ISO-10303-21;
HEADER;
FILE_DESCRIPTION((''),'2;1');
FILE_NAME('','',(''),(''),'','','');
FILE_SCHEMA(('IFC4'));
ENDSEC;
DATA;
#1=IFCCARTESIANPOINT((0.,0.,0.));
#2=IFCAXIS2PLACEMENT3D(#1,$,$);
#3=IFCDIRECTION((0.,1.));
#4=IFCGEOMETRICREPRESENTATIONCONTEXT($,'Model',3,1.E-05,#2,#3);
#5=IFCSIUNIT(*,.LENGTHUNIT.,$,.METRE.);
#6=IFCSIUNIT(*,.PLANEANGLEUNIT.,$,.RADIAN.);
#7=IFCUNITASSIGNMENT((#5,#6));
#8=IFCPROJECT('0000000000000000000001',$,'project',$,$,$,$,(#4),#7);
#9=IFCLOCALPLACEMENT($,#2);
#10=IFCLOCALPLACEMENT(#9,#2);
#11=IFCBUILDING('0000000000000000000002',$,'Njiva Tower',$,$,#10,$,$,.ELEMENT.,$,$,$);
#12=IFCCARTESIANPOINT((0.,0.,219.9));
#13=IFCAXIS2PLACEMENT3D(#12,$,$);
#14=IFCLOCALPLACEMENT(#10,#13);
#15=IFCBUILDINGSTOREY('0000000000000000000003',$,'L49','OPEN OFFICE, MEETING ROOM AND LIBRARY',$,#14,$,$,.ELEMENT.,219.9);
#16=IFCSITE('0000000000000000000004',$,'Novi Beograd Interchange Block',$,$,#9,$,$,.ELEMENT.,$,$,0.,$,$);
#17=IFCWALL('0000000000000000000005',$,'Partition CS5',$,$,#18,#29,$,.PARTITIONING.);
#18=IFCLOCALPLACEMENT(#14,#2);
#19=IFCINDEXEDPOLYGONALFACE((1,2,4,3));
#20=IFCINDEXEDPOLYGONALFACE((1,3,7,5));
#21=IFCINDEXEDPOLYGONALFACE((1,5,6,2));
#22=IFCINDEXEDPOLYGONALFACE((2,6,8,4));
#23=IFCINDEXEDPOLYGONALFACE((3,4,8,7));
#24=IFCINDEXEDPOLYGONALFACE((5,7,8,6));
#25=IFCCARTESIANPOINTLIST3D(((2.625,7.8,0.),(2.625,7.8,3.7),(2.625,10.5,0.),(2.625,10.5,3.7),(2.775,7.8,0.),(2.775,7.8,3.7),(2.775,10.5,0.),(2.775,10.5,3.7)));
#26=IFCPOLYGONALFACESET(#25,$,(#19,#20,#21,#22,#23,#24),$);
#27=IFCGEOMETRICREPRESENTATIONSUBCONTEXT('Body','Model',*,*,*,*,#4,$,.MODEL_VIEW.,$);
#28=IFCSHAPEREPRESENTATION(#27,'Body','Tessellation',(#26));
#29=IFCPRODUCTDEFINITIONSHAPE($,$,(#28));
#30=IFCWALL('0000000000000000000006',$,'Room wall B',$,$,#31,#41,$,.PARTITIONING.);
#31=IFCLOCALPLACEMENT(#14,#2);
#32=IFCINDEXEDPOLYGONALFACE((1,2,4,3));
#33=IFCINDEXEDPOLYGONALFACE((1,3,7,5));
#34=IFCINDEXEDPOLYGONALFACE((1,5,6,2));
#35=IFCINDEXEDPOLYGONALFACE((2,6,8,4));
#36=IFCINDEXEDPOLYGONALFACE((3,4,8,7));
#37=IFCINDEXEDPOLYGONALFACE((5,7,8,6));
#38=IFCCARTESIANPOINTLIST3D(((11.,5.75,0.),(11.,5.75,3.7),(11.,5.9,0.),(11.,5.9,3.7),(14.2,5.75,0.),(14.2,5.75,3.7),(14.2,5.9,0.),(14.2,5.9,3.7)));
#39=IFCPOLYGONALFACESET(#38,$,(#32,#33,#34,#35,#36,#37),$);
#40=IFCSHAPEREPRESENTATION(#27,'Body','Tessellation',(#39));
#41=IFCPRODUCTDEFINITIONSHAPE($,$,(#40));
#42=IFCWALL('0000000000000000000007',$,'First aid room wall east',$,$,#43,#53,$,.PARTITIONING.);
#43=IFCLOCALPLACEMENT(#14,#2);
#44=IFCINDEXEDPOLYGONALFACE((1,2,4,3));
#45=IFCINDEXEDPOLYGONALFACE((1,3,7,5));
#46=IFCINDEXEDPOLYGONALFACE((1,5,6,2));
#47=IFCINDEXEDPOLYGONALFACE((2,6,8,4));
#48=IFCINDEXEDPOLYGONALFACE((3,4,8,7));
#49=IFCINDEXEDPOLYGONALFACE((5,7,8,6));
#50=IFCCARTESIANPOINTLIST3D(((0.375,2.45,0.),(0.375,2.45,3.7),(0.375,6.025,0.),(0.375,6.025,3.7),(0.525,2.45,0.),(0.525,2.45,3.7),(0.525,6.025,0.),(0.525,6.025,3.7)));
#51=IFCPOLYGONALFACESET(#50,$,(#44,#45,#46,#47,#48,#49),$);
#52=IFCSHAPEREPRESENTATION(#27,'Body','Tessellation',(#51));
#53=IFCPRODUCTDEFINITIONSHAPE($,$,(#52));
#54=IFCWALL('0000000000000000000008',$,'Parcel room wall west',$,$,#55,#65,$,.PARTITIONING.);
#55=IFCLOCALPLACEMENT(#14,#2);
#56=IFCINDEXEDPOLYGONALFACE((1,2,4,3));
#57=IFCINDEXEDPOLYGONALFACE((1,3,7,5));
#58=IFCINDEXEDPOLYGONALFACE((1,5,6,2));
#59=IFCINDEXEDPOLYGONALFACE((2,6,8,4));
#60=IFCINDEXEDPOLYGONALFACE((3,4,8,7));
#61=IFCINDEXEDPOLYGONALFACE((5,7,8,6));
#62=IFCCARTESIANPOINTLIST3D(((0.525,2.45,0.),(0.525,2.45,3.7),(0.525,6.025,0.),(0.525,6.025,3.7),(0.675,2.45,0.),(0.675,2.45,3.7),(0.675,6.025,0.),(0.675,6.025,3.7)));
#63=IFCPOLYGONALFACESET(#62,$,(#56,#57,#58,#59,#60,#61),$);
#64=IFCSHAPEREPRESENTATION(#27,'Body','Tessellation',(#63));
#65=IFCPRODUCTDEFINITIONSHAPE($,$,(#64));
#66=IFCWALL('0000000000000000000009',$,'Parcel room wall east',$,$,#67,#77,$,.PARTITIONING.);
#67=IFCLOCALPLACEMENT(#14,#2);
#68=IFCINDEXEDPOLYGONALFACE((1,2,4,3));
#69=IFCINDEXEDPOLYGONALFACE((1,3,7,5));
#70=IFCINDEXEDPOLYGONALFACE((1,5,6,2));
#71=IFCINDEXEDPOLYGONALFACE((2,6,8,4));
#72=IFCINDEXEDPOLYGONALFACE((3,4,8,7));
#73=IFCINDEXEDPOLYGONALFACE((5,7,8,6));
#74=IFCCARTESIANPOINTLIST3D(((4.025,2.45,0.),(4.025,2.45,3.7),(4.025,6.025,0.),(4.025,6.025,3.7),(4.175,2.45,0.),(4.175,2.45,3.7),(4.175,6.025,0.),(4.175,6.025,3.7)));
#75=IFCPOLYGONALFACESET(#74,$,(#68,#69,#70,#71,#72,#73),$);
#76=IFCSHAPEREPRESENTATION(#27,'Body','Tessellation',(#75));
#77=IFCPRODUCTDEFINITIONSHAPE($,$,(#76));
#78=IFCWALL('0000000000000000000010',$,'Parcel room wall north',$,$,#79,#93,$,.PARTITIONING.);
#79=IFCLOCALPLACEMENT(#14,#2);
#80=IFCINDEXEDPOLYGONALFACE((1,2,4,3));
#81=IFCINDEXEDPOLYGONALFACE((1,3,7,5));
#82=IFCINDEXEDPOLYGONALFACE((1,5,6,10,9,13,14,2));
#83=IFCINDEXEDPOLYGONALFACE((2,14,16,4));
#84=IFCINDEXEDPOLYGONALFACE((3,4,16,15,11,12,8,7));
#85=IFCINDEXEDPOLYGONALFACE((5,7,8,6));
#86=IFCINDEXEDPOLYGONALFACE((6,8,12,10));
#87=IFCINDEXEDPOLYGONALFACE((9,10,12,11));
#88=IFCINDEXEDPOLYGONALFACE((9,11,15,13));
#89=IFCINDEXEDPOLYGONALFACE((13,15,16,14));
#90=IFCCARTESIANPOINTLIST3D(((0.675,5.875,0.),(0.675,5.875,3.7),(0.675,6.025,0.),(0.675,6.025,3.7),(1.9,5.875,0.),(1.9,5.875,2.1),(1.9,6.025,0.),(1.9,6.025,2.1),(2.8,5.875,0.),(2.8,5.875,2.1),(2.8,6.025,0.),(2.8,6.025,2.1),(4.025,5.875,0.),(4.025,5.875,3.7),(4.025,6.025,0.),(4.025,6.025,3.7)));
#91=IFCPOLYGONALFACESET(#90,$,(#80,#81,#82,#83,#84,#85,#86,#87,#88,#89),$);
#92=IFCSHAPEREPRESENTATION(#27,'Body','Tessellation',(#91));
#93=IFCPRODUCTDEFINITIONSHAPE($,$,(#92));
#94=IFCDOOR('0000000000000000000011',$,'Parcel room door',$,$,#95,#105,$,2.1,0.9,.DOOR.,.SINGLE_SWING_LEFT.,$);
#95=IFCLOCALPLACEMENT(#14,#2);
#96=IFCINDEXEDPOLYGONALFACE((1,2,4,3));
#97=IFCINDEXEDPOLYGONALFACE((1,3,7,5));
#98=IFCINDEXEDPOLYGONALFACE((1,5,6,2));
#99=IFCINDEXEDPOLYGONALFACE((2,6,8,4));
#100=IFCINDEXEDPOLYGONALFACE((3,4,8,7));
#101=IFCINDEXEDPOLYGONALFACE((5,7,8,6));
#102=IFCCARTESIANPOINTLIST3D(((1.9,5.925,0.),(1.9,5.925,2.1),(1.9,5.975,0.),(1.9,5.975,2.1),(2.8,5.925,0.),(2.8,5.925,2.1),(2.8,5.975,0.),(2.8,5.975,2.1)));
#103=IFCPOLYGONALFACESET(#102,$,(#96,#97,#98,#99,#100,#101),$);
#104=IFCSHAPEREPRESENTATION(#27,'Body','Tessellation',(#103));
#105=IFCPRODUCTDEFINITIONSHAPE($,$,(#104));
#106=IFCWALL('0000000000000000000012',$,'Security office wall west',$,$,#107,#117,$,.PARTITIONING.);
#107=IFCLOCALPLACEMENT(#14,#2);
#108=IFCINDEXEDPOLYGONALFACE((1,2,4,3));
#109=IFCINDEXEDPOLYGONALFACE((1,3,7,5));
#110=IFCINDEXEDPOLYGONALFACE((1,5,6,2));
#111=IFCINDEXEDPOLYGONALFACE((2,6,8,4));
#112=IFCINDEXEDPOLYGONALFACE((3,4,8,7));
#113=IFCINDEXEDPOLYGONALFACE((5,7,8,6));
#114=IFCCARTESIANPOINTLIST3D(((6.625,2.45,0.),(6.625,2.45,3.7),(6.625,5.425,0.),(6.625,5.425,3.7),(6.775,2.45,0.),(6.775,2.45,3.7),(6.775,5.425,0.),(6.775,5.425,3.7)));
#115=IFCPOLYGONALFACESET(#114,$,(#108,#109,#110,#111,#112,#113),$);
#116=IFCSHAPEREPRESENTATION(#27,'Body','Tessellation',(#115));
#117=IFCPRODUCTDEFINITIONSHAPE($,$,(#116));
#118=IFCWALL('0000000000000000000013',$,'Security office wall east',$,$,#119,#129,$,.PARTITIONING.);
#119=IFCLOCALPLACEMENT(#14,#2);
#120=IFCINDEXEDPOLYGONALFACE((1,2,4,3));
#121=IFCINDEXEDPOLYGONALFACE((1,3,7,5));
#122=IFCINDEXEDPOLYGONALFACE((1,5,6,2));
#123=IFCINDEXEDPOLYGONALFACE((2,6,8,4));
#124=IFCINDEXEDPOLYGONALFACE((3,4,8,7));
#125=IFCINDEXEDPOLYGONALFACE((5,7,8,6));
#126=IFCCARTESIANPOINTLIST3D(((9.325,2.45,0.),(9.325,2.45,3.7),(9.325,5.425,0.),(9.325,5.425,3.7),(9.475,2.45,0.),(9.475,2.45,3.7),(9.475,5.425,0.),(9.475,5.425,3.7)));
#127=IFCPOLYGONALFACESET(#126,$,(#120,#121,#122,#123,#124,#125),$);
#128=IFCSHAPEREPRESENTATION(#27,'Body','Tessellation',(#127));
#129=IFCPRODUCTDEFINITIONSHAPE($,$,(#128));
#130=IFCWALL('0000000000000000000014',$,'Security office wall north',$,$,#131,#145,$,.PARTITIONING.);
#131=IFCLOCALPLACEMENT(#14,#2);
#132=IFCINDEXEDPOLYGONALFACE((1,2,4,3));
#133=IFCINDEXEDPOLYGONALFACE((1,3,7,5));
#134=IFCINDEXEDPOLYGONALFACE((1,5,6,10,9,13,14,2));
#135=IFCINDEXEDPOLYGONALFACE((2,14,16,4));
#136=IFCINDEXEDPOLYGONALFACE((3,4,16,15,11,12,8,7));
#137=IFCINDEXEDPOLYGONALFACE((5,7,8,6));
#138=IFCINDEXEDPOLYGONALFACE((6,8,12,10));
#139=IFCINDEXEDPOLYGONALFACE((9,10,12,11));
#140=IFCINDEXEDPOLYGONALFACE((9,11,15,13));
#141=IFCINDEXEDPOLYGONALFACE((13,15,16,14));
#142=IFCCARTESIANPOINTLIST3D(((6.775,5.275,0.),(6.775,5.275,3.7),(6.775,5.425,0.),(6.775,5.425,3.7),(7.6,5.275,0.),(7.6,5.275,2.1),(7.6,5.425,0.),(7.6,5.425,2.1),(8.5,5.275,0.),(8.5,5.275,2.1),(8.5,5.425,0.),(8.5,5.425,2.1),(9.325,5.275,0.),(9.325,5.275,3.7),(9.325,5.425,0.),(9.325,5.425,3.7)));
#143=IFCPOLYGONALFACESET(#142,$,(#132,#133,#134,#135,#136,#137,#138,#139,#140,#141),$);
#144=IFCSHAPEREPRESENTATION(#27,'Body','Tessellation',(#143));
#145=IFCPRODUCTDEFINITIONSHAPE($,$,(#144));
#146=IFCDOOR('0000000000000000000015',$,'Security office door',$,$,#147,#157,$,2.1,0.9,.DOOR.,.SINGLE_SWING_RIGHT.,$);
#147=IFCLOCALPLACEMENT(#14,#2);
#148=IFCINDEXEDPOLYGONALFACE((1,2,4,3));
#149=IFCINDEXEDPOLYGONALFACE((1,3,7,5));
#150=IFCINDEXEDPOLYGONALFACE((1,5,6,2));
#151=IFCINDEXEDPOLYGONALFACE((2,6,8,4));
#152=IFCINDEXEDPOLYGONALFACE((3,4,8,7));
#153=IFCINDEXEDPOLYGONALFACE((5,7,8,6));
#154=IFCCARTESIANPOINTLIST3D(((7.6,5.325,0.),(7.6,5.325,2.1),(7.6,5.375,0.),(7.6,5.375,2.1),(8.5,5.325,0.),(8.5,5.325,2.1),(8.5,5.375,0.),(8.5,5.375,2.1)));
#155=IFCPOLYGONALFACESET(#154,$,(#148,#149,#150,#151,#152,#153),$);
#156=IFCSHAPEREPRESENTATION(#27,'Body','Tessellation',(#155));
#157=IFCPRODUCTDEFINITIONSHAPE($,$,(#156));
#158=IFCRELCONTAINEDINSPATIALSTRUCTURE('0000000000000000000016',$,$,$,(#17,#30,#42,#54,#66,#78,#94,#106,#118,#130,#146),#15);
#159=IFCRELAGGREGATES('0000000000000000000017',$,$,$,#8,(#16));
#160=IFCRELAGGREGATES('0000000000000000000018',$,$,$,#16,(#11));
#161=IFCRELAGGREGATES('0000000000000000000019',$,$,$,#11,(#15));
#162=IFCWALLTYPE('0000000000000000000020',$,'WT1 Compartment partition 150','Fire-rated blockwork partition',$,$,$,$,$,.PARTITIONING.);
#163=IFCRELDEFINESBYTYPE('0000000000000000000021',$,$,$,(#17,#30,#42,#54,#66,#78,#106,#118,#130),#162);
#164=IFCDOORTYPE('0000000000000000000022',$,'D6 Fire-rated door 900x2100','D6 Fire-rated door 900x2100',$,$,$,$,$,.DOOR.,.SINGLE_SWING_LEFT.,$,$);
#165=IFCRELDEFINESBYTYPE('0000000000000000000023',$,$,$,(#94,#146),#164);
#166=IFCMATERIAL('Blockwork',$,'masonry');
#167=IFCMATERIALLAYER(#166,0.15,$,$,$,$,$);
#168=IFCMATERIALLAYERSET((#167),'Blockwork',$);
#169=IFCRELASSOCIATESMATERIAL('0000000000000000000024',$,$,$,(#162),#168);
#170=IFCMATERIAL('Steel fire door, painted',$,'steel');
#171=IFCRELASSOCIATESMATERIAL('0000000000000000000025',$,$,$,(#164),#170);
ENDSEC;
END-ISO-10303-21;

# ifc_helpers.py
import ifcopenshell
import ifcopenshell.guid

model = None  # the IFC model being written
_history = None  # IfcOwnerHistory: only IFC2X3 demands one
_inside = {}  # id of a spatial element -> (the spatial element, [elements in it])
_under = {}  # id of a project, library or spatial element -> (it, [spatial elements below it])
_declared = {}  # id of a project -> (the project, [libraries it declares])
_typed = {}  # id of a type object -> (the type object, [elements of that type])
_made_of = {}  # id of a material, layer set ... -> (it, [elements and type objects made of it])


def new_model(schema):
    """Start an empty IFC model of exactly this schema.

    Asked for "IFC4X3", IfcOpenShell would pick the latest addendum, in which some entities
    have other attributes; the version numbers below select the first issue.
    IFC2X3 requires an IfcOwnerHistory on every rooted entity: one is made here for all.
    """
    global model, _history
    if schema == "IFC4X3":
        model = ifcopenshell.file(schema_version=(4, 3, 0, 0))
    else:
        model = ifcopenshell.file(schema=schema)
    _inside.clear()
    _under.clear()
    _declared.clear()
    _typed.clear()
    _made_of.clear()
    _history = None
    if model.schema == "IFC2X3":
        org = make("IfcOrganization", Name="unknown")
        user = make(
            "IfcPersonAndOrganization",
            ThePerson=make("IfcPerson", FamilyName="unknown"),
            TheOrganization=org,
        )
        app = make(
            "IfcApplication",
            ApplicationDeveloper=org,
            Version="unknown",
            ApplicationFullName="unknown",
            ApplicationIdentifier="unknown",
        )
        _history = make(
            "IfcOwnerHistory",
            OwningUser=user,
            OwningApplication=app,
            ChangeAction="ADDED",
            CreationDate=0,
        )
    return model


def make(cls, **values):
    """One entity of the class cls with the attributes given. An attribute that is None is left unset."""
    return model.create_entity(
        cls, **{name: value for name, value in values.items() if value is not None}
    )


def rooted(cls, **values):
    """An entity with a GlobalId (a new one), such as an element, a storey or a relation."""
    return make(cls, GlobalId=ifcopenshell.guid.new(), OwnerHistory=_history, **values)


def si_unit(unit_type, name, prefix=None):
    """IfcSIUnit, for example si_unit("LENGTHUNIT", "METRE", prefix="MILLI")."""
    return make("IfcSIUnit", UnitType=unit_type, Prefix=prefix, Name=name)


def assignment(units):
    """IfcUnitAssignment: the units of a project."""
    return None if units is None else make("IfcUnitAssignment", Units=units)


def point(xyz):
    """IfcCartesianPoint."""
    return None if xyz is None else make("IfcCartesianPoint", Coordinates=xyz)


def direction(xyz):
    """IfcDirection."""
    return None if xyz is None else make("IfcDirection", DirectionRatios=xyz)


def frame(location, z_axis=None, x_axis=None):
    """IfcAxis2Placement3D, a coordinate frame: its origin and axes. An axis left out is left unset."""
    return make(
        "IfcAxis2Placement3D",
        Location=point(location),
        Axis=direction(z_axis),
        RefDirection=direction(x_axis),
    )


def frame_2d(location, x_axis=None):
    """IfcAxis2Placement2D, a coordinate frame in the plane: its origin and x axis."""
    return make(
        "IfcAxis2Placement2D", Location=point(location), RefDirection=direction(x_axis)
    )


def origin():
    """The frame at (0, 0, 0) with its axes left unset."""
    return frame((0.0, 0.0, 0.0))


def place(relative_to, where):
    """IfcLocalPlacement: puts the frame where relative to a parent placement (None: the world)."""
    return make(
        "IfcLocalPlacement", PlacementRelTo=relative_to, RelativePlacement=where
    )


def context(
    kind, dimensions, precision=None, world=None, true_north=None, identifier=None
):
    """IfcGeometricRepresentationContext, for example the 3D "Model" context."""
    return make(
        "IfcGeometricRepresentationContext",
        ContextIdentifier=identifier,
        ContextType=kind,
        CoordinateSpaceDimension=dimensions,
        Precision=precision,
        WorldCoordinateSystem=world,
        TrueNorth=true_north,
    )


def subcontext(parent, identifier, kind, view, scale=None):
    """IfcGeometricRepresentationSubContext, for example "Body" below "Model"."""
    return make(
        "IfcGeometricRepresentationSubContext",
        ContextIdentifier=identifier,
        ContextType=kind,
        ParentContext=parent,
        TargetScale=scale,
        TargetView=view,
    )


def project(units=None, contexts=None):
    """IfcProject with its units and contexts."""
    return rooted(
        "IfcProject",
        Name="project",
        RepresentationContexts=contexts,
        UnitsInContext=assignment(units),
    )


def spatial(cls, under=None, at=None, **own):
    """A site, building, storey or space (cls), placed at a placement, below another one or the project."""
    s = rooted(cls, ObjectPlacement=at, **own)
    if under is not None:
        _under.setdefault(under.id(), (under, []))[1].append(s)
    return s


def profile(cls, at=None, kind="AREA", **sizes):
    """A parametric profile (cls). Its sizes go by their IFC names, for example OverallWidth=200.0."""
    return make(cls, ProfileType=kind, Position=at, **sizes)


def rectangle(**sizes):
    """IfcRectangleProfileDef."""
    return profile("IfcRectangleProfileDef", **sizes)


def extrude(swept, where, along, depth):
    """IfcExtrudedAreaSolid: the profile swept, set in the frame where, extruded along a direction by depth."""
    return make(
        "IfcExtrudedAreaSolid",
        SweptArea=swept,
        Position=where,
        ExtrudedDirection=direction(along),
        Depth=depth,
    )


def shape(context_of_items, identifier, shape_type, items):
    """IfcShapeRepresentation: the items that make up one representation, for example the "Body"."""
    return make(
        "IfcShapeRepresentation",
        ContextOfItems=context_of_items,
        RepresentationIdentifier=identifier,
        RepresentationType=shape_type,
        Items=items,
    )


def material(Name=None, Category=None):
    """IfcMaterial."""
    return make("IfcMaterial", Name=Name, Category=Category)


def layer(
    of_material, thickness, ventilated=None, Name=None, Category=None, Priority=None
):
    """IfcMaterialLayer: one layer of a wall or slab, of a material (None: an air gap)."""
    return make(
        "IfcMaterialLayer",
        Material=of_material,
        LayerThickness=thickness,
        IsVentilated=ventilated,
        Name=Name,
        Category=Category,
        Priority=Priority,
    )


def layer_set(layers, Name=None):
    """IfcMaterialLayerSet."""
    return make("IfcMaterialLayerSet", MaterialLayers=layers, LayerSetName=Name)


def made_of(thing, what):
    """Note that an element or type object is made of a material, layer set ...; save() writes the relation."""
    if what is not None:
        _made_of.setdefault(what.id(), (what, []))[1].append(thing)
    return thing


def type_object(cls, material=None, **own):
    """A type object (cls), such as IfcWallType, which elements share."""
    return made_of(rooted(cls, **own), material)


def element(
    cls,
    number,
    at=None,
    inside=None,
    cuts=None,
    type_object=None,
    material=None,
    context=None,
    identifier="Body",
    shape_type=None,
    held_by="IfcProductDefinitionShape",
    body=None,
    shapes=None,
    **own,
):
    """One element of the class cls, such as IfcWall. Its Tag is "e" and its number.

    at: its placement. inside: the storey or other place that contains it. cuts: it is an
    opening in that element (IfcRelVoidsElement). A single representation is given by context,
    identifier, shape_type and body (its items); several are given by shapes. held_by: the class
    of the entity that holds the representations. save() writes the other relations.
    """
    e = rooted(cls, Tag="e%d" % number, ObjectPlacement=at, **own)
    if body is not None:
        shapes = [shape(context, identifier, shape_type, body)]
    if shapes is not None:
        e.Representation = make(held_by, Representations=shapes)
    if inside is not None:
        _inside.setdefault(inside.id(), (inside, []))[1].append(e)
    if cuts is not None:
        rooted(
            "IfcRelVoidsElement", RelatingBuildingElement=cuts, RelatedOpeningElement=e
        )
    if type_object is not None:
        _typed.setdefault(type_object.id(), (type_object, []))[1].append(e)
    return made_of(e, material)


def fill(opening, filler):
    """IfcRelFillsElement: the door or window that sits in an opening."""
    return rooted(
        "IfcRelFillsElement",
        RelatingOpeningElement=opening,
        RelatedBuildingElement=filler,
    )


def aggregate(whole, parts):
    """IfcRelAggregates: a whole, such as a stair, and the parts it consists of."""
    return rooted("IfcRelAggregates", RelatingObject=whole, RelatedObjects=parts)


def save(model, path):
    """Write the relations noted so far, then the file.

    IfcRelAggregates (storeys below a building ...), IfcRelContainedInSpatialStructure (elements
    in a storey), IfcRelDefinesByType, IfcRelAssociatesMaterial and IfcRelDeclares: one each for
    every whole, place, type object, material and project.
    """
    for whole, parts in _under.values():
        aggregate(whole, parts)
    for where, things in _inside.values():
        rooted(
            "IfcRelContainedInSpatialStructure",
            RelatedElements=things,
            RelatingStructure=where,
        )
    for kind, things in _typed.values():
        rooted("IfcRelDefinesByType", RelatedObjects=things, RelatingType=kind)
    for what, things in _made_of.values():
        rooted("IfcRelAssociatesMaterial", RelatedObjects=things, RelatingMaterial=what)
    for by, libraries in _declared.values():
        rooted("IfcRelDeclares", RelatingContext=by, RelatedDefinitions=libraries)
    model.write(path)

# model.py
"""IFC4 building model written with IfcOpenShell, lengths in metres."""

from ifc_helpers import new_model, si_unit, direction, frame, frame_2d, origin, place, context, subcontext, project, spatial, rectangle, extrude, material, layer, layer_set, type_object, element, fill, save


model = new_model("IFC4")

# Units and contexts
model_context = context("Model", 3, precision=1e-05, world=origin(), true_north=direction((0.0, 1.0)))
body_context = subcontext(model_context, "Body", "Model", "MODEL_VIEW")
ifc_project = project(units=[si_unit("LENGTHUNIT", "METRE"), si_unit("PLANEANGLEUNIT", "RADIAN")], contexts=[model_context])

# Site, building, storey
site_placement = place(None, origin())
site = spatial("IfcSite", under=ifc_project, at=site_placement, Name="Novi Beograd Interchange Block", CompositionType="ELEMENT", RefElevation=0.0)
building_placement = place(site_placement, origin())
building = spatial("IfcBuilding", under=site, at=building_placement, Name="Njiva Tower", CompositionType="ELEMENT")
storey_placement = place(building_placement, frame((0.0, 0.0, 219.9)))
storey = spatial("IfcBuildingStorey", under=building, at=storey_placement, Name="L49", Description="OPEN OFFICE, MEETING ROOM AND LIBRARY", CompositionType="ELEMENT", Elevation=219.9)

# Walls
ifc_material_1 = material(Name="Blockwork", Category="masonry")
ifc_layer_1 = layer(ifc_material_1, 0.15)
ifc_layer_set_1 = layer_set([ifc_layer_1], Name="Blockwork")
wall_type_1 = type_object("IfcWallType", Name="WT1 Compartment partition 150", Description="Fire-rated blockwork partition", PredefinedType="PARTITIONING", material=ifc_layer_set_1)
wall_1_placement = place(storey_placement, frame((2.7, 7.8, 0.0), z_axis=(0.0, 0.0, 1.0), x_axis=(0.0, 1.0, 0.0)))
element("IfcWall", 1, at=wall_1_placement, inside=storey, type_object=wall_type_1, Name="Partition CS5", PredefinedType="PARTITIONING", context=body_context, shape_type="SweptSolid", body=[
    extrude(rectangle(XDim=2.7, YDim=0.15, at=frame_2d((1.35, 0.0))), origin(), (0.0, 0.0, 1.0), 3.7),
])
wall_2_placement = place(storey_placement, frame((11.0, 5.825, 0.0), z_axis=(0.0, 0.0, 1.0), x_axis=(1.0, 0.0, 0.0)))
element("IfcWall", 2, at=wall_2_placement, inside=storey, type_object=wall_type_1, Name="Room wall B", PredefinedType="PARTITIONING", context=body_context, shape_type="SweptSolid", body=[
    extrude(rectangle(XDim=3.2, YDim=0.15, at=frame_2d((1.6, 0.0))), origin(), (0.0, 0.0, 1.0), 3.7),
])
for number, where, z_axis, x_axis, name in (
    (3, (0.45, 2.45, 0.0), (0.0, 0.0, 1.0), (0.0, 1.0, 0.0), "First aid room wall east"),
    (4, (0.6, 2.45, 0.0), (0.0, 0.0, 1.0), (0.0, 1.0, 0.0), "Parcel room wall west"),
    (5, (4.1, 2.45, 0.0), (0.0, 0.0, 1.0), (0.0, 1.0, 0.0), "Parcel room wall east"),
):
    element("IfcWall", number, at=place(storey_placement, frame(where, z_axis=z_axis, x_axis=x_axis)), inside=storey, type_object=wall_type_1, Name=name, PredefinedType="PARTITIONING", context=body_context, shape_type="SweptSolid", body=[
        extrude(rectangle(XDim=3.575, YDim=0.15, at=frame_2d((1.7875, 0.0))), origin(), (0.0, 0.0, 1.0), 3.7),
    ])

# Wall, opening, door
wall_3_placement = place(storey_placement, frame((0.675, 5.95, 0.0), z_axis=(0.0, 0.0, 1.0), x_axis=(1.0, 0.0, 0.0)))
wall_3 = element("IfcWall", 6, at=wall_3_placement, inside=storey, type_object=wall_type_1, Name="Parcel room wall north", PredefinedType="PARTITIONING", context=body_context, shape_type="SweptSolid", body=[
    extrude(rectangle(XDim=3.35, YDim=0.15, at=frame_2d((1.675, 0.0))), origin(), (0.0, 0.0, 1.0), 3.7),
])
opening_1_placement = place(wall_3_placement, frame((1.225, 0.0, 0.0)))
opening_1 = element("IfcOpeningElement", 7, at=opening_1_placement, cuts=wall_3, PredefinedType="OPENING", context=body_context, shape_type="SweptSolid", body=[
    extrude(rectangle(XDim=0.9, YDim=2.1, at=frame_2d((0.45, 1.05))), frame((0.0, 0.085, 0.0), z_axis=(0.0, -1.0, 0.0), x_axis=(1.0, 0.0, 0.0)), (0.0, 0.0, 1.0), 0.17),
])
ifc_material_2 = material(Name="Steel fire door, painted", Category="steel")
door_type_1 = type_object("IfcDoorType", Name="D6 Fire-rated door 900x2100", Description="D6 Fire-rated door 900x2100", OperationType="SINGLE_SWING_LEFT", PredefinedType="DOOR", material=ifc_material_2)
door_1_placement = place(opening_1_placement, origin())
door_1 = element("IfcDoor", 8, at=door_1_placement, inside=storey, type_object=door_type_1, Name="Parcel room door", OperationType="SINGLE_SWING_LEFT", OverallHeight=2.1, OverallWidth=0.9, PredefinedType="DOOR", context=body_context, shape_type="SweptSolid", body=[
    extrude(rectangle(XDim=0.9, YDim=2.1, at=frame_2d((0.45, 1.05))), frame((0.0, 0.025, 0.0), z_axis=(0.0, -1.0, 0.0), x_axis=(1.0, 0.0, 0.0)), (0.0, 0.0, 1.0), 0.05),
])
fill(opening_1, door_1)

# Walls
for number, where, z_axis, x_axis, name in (
    (9, (6.7, 2.45, 0.0), (0.0, 0.0, 1.0), (0.0, 1.0, 0.0), "Security office wall west"),
    (10, (9.4, 2.45, 0.0), (0.0, 0.0, 1.0), (0.0, 1.0, 0.0), "Security office wall east"),
):
    element("IfcWall", number, at=place(storey_placement, frame(where, z_axis=z_axis, x_axis=x_axis)), inside=storey, type_object=wall_type_1, Name=name, PredefinedType="PARTITIONING", context=body_context, shape_type="SweptSolid", body=[
        extrude(rectangle(XDim=2.975, YDim=0.15, at=frame_2d((1.4875, 0.0))), origin(), (0.0, 0.0, 1.0), 3.7),
    ])

# Wall, opening, door
wall_4_placement = place(storey_placement, frame((6.775, 5.35, 0.0), z_axis=(0.0, 0.0, 1.0), x_axis=(1.0, 0.0, 0.0)))
wall_4 = element("IfcWall", 11, at=wall_4_placement, inside=storey, type_object=wall_type_1, Name="Security office wall north", PredefinedType="PARTITIONING", context=body_context, shape_type="SweptSolid", body=[
    extrude(rectangle(XDim=2.55, YDim=0.15, at=frame_2d((1.275, 0.0))), origin(), (0.0, 0.0, 1.0), 3.7),
])
opening_2_placement = place(wall_4_placement, frame((0.825, 0.0, 0.0)))
opening_2 = element("IfcOpeningElement", 12, at=opening_2_placement, cuts=wall_4, PredefinedType="OPENING", context=body_context, shape_type="SweptSolid", body=[
    extrude(rectangle(XDim=0.9, YDim=2.1, at=frame_2d((0.45, 1.05))), frame((0.0, 0.085, 0.0), z_axis=(0.0, -1.0, 0.0), x_axis=(1.0, 0.0, 0.0)), (0.0, 0.0, 1.0), 0.17),
])
door_2_placement = place(opening_2_placement, origin())
door_2 = element("IfcDoor", 13, at=door_2_placement, inside=storey, type_object=door_type_1, Name="Security office door", OperationType="SINGLE_SWING_RIGHT", OverallHeight=2.1, OverallWidth=0.9, PredefinedType="DOOR", context=body_context, shape_type="SweptSolid", body=[
    extrude(rectangle(XDim=0.9, YDim=2.1, at=frame_2d((0.45, 1.05))), frame((0.0, 0.025, 0.0), z_axis=(0.0, -1.0, 0.0), x_axis=(1.0, 0.0, 0.0)), (0.0, 0.0, 1.0), 0.05),
])
fill(opening_2, door_2)

save(model, "model.ifc")
